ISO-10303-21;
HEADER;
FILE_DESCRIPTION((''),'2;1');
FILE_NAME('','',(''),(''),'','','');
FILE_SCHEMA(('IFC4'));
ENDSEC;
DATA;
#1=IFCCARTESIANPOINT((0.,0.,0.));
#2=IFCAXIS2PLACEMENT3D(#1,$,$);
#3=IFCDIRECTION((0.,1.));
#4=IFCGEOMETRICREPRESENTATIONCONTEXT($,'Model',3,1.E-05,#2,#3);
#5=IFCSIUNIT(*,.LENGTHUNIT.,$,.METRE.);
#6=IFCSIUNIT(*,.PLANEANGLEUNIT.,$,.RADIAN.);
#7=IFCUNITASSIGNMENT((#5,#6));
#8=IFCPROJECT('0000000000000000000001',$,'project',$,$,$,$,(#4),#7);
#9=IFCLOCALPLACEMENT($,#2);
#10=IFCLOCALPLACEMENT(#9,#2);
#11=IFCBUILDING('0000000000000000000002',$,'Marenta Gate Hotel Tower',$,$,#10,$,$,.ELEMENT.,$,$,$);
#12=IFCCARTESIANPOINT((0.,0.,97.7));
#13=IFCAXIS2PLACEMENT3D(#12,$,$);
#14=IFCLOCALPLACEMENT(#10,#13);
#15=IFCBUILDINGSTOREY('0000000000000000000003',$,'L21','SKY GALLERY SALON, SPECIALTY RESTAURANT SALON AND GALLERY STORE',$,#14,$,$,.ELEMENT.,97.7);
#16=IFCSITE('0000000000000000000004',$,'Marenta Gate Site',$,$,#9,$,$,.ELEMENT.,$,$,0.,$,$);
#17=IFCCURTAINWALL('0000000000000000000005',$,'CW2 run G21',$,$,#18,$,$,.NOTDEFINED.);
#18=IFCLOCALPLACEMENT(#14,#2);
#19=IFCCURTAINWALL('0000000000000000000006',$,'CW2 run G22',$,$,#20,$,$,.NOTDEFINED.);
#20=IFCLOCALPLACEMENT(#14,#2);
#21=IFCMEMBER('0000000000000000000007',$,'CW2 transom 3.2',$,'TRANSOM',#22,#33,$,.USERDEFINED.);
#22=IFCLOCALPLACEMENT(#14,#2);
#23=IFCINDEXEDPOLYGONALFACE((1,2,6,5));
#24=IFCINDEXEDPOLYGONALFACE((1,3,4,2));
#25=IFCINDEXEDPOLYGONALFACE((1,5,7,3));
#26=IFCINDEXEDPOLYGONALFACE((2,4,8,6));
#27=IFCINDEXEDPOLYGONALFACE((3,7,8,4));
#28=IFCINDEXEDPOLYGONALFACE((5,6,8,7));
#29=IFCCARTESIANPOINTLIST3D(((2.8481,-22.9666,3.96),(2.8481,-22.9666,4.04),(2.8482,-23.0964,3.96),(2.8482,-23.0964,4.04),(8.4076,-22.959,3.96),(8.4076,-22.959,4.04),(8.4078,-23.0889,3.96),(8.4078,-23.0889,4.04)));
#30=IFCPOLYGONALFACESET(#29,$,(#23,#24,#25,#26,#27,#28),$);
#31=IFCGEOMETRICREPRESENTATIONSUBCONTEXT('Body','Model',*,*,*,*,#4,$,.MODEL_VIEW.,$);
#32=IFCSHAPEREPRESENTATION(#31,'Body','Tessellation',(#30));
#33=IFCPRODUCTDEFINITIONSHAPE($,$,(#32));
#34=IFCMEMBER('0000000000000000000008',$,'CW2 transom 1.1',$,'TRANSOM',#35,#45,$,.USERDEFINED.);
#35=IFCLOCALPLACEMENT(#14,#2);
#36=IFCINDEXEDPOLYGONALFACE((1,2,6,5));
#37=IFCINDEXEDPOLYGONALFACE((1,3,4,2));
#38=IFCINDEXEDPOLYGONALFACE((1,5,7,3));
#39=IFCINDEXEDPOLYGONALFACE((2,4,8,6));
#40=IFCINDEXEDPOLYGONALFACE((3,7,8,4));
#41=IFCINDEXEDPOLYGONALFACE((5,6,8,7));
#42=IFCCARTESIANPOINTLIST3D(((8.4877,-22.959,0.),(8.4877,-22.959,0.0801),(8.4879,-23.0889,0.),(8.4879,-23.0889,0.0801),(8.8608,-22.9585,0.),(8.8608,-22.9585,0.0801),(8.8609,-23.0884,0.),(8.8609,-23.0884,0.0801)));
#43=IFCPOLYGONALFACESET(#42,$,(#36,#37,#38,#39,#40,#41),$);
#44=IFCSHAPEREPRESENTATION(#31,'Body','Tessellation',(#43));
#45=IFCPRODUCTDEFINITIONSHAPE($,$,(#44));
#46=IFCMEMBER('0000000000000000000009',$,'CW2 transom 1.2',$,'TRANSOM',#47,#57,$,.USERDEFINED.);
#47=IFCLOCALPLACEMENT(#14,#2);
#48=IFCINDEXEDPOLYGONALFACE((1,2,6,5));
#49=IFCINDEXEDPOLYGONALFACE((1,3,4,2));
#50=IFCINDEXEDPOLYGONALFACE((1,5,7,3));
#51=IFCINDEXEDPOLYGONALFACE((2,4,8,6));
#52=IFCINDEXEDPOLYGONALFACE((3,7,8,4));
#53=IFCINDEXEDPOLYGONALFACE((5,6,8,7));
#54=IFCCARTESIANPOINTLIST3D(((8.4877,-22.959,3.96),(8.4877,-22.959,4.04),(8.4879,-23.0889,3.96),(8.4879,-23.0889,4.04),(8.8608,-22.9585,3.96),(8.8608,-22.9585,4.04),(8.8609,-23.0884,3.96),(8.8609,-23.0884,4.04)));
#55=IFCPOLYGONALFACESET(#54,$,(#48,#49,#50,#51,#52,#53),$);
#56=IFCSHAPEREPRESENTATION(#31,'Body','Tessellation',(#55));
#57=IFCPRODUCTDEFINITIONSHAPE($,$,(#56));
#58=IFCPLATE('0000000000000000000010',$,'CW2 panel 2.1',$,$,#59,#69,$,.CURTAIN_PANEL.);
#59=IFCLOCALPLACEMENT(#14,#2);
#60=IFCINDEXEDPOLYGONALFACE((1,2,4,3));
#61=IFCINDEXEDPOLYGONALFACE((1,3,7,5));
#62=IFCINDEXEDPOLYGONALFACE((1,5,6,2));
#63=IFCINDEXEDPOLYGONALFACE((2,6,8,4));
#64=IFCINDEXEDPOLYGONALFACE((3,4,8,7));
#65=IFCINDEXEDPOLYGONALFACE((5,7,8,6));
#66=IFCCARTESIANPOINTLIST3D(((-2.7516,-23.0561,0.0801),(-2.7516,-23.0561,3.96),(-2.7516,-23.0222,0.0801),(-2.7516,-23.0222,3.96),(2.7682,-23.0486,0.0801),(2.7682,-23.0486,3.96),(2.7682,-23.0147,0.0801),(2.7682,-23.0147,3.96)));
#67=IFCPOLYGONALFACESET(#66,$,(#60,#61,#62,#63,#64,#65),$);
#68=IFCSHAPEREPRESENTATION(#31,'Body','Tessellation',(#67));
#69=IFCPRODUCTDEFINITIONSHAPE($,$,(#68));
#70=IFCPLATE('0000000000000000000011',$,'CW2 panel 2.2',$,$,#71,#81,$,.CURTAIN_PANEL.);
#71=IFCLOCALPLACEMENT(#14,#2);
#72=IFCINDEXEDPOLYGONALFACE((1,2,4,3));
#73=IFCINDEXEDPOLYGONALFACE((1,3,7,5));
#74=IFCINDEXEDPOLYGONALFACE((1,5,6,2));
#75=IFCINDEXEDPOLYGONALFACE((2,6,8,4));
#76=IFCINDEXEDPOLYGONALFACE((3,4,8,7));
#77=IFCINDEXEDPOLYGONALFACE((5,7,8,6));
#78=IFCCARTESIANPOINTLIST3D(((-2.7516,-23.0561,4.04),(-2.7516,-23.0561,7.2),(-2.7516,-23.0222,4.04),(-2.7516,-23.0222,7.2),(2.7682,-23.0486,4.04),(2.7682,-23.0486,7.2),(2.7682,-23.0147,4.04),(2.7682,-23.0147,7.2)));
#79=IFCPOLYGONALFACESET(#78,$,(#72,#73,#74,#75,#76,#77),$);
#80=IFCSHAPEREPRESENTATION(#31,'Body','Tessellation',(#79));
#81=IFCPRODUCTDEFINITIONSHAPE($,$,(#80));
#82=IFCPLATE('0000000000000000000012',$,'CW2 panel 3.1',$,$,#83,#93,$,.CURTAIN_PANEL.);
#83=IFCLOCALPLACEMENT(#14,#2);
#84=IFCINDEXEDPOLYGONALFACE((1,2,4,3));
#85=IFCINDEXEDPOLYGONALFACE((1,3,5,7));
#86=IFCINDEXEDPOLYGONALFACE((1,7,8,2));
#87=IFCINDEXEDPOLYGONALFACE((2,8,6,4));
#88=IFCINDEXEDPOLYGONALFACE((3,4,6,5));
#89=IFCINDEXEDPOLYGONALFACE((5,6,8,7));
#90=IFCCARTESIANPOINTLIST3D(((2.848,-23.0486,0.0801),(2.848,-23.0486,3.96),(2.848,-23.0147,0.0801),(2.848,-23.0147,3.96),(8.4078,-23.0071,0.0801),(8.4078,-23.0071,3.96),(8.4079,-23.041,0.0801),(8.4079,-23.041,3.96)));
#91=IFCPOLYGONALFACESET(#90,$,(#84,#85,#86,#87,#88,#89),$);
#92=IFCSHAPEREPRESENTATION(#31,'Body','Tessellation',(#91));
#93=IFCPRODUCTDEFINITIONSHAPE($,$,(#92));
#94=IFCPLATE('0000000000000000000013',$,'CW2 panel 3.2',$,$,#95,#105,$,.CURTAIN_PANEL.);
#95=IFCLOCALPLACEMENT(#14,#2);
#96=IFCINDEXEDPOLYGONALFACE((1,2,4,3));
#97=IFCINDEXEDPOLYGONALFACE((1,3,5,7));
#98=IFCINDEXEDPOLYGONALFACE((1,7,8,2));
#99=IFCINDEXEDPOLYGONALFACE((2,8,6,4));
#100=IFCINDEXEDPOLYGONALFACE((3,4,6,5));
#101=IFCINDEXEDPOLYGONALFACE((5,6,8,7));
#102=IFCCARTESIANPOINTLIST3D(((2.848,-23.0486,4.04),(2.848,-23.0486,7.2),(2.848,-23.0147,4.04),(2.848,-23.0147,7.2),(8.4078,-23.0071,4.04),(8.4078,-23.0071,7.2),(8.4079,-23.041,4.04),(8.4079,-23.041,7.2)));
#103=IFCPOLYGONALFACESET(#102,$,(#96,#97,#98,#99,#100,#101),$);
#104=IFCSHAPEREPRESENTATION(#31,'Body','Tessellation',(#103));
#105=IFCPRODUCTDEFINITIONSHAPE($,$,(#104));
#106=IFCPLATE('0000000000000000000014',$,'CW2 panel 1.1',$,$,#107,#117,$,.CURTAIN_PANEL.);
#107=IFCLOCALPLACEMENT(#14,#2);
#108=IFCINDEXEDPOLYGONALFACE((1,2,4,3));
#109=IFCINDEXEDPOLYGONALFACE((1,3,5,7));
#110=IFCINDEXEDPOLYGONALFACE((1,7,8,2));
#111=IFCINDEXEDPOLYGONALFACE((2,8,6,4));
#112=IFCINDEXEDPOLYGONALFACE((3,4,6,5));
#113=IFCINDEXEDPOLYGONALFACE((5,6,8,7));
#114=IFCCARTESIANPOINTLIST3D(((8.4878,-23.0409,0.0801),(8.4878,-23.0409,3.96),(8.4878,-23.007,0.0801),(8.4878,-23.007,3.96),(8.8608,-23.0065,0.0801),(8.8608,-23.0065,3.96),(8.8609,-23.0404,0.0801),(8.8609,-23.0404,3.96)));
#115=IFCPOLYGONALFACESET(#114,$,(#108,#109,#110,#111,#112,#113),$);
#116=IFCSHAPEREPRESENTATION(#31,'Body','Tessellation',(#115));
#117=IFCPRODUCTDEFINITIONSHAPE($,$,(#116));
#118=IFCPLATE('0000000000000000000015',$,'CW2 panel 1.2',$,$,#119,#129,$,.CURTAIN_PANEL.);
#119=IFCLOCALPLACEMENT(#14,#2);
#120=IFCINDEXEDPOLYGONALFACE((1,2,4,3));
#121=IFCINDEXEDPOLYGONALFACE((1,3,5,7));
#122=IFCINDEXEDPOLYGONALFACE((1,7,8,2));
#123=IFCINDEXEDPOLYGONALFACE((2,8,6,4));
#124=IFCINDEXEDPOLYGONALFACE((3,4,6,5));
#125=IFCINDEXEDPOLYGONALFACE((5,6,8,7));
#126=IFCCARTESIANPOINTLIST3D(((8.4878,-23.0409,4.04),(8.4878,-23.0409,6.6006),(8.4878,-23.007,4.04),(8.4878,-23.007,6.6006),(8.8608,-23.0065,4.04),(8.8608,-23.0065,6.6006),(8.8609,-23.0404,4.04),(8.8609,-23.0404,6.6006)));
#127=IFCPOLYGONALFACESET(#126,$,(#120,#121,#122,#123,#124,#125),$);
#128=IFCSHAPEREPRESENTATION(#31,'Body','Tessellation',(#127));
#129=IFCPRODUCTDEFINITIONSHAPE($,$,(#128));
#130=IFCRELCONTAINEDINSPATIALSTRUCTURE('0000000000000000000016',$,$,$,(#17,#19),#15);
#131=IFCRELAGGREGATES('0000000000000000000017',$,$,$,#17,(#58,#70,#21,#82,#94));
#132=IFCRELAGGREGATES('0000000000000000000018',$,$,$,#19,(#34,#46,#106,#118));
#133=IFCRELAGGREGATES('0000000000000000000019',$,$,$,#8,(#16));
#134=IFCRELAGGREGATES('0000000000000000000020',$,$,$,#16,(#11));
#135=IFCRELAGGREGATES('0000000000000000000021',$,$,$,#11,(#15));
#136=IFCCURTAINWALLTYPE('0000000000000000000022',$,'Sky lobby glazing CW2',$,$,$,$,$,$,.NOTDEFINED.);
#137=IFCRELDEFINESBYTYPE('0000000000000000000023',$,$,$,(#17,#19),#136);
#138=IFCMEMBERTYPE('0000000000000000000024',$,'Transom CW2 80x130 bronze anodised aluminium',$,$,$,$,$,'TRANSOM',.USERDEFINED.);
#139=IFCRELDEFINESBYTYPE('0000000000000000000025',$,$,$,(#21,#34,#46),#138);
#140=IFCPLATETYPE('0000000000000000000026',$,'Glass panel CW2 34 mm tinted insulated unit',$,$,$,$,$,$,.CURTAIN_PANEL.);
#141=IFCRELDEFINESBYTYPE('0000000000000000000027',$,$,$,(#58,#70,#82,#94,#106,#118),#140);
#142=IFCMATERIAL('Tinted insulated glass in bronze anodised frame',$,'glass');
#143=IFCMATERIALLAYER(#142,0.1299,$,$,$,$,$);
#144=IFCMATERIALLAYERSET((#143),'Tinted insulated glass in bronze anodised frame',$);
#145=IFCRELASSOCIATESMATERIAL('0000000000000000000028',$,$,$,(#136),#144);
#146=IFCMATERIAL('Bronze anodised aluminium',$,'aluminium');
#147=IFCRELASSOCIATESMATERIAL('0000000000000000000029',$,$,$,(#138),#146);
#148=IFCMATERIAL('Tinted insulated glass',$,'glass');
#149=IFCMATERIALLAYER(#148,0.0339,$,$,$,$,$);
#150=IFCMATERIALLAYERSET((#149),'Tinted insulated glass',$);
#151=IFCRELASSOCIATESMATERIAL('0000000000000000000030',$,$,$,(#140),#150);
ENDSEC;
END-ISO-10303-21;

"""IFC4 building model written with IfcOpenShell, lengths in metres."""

from ifc_helpers import new_model, si_unit, direction, frame, origin, origin_2d, place, context, subcontext, project, spatial, rectangle, extrude, material, layer, layer_set, material_profile, profile_set, type_object, element, aggregate, save


model = new_model("IFC4")

# Units and contexts
model_context = context("Model", 3, precision=1e-05, world=origin(), true_north=direction((0.0, 1.0)))
body_context = subcontext(model_context, "Body", "Model", "MODEL_VIEW")
ifc_project = project(units=[si_unit("LENGTHUNIT", "METRE"), si_unit("PLANEANGLEUNIT", "RADIAN")], contexts=[model_context])

# Site, building, storey
site_placement = place(None, origin())
site = spatial("IfcSite", under=ifc_project, at=site_placement, Name="Marenta Gate Site", CompositionType="ELEMENT", RefElevation=0.0)
building_placement = place(site_placement, origin())
building = spatial("IfcBuilding", under=site, at=building_placement, Name="Marenta Gate Hotel Tower", CompositionType="ELEMENT")
storey_placement = place(building_placement, frame((0.0, 0.0, 97.7)))
storey = spatial("IfcBuildingStorey", under=building, at=storey_placement, Name="L21", Description="SKY GALLERY SALON, SPECIALTY RESTAURANT SALON AND GALLERY STORE", CompositionType="ELEMENT", Elevation=97.7)

# Curtain walls
ifc_material_1 = material(Name="Tinted insulated glass in bronze anodised frame", Category="glass")
ifc_layer_1 = layer(ifc_material_1, 0.1299)
ifc_layer_set_1 = layer_set([ifc_layer_1], Name="Tinted insulated glass in bronze anodised frame")
curtain_wall_type = type_object("IfcCurtainWallType", Name="Sky lobby glazing CW2", PredefinedType="NOTDEFINED", material=ifc_layer_set_1)
curtain_wall_1_placement = place(storey_placement, origin())
curtain_wall_1 = element("IfcCurtainWall", 1, at=curtain_wall_1_placement, inside=storey, type_object=curtain_wall_type, Name="CW2 run G21", PredefinedType="NOTDEFINED")
curtain_wall_2_placement = place(storey_placement, origin())
curtain_wall_2 = element("IfcCurtainWall", 2, at=curtain_wall_2_placement, inside=storey, type_object=curtain_wall_type, Name="CW2 run G22", PredefinedType="NOTDEFINED")

# Members
ifc_material_2 = material(Name="Bronze anodised aluminium", Category="aluminium")
ifc_material_profile_1 = material_profile(ifc_material_2, rectangle(XDim=0.1299, YDim=0.0801, at=origin_2d()), Name="Transom CW2 80x130 bronze anodised aluminium")
ifc_profile_set_1 = profile_set([ifc_material_profile_1], Name="Bronze anodised aluminium")
member_type_1 = type_object("IfcMemberType", Name="Transom CW2 80x130 bronze anodised aluminium", ElementType="TRANSOM", PredefinedType="USERDEFINED", material=ifc_profile_set_1)
member_1_placement = place(storey_placement, frame((2.8481, -23.0315, 4.0), z_axis=(0.999999, 0.001361, 0.0), x_axis=(-0.001361, 0.999999, 0.0)))
member_1 = element("IfcMember", 3, at=member_1_placement, type_object=member_type_1, Name="CW2 transom 3.2", ObjectType="TRANSOM", PredefinedType="USERDEFINED", context=body_context, shape_type="SweptSolid", body=[
    extrude(rectangle(XDim=0.1299, YDim=0.0801, at=origin_2d()), origin(), (0.0, 0.0, 1.0), 5.5596),
])
member_2_placement = place(storey_placement, frame((8.4878, -23.0239, 0.04), z_axis=(0.999999, 0.001309, 0.0), x_axis=(-0.001309, 0.999999, 0.0)))
member_2 = element("IfcMember", 4, at=member_2_placement, type_object=member_type_1, Name="CW2 transom 1.1", ObjectType="TRANSOM", PredefinedType="USERDEFINED", context=body_context, shape_type="SweptSolid", body=[
    extrude(rectangle(XDim=0.1299, YDim=0.0801, at=origin_2d()), origin(), (0.0, 0.0, 1.0), 0.373),
])
member_3_placement = place(storey_placement, frame((8.4878, -23.0239, 4.0), z_axis=(0.999999, 0.001309, 0.0), x_axis=(-0.001309, 0.999999, 0.0)))
member_3 = element("IfcMember", 5, at=member_3_placement, type_object=member_type_1, Name="CW2 transom 1.2", ObjectType="TRANSOM", PredefinedType="USERDEFINED", context=body_context, shape_type="SweptSolid", body=[
    extrude(rectangle(XDim=0.1299, YDim=0.0801, at=origin_2d()), origin(), (0.0, 0.0, 1.0), 0.373),
])

# Plates
ifc_material_3 = material(Name="Tinted insulated glass", Category="glass")
ifc_layer_2 = layer(ifc_material_3, 0.0339)
ifc_layer_set_2 = layer_set([ifc_layer_2], Name="Tinted insulated glass")
plate_type = type_object("IfcPlateType", Name="Glass panel CW2 34 mm tinted insulated unit", PredefinedType="CURTAIN_PANEL", material=ifc_layer_set_2)
plate_1_placement = place(storey_placement, frame((0.0083, -23.0354, 0.0801), z_axis=(0.0, 0.0, 1.0), x_axis=(0.999999, 0.001363, 0.0)))
plate_1 = element("IfcPlate", 6, at=plate_1_placement, type_object=plate_type, Name="CW2 panel 2.1", PredefinedType="CURTAIN_PANEL", context=body_context, shape_type="SweptSolid", body=[
    extrude(rectangle(XDim=5.5198, YDim=0.0339, at=origin_2d()), origin(), (0.0, 0.0, 1.0), 3.8799),
])
plate_2_placement = place(storey_placement, frame((0.0083, -23.0354, 4.04), z_axis=(0.0, 0.0, 1.0), x_axis=(0.999999, 0.001363, 0.0)))
plate_2 = element("IfcPlate", 7, at=plate_2_placement, type_object=plate_type, Name="CW2 panel 2.2", PredefinedType="CURTAIN_PANEL", context=body_context, shape_type="SweptSolid", body=[
    extrude(rectangle(XDim=5.5198, YDim=0.0339, at=origin_2d()), origin(), (0.0, 0.0, 1.0), 3.1599),
])
plate_3_placement = place(storey_placement, frame((5.6279, -23.0278, 0.0801), z_axis=(0.0, 0.0, 1.0), x_axis=(0.999999, 0.001363, 0.0)))
plate_3 = element("IfcPlate", 8, at=plate_3_placement, type_object=plate_type, Name="CW2 panel 3.1", PredefinedType="CURTAIN_PANEL", context=body_context, shape_type="SweptSolid", body=[
    extrude(rectangle(XDim=5.5598, YDim=0.0339, at=origin_2d()), origin(), (0.0, 0.0, 1.0), 3.8799),
])
plate_4_placement = place(storey_placement, frame((5.6279, -23.0278, 4.04), z_axis=(0.0, 0.0, 1.0), x_axis=(0.999999, 0.001363, 0.0)))
plate_4 = element("IfcPlate", 9, at=plate_4_placement, type_object=plate_type, Name="CW2 panel 3.2", PredefinedType="CURTAIN_PANEL", context=body_context, shape_type="SweptSolid", body=[
    extrude(rectangle(XDim=5.5598, YDim=0.0339, at=origin_2d()), origin(), (0.0, 0.0, 1.0), 3.1599),
])
aggregate(curtain_wall_1, [plate_1, plate_2, member_1, plate_3, plate_4])
plate_5_placement = place(storey_placement, frame((8.6743, -23.0237, 0.0801), z_axis=(0.0, 0.0, 1.0), x_axis=(0.999999, 0.001325, 0.0)))
plate_5 = element("IfcPlate", 10, at=plate_5_placement, type_object=plate_type, Name="CW2 panel 1.1", PredefinedType="CURTAIN_PANEL", context=body_context, shape_type="SweptSolid", body=[
    extrude(rectangle(XDim=0.373, YDim=0.0339, at=origin_2d()), origin(), (0.0, 0.0, 1.0), 3.8799),
])
plate_6_placement = place(storey_placement, frame((8.6743, -23.0237, 4.04), z_axis=(0.0, 0.0, 1.0), x_axis=(0.999999, 0.001325, 0.0)))
plate_6 = element("IfcPlate", 11, at=plate_6_placement, type_object=plate_type, Name="CW2 panel 1.2", PredefinedType="CURTAIN_PANEL", context=body_context, shape_type="SweptSolid", body=[
    extrude(rectangle(XDim=0.373, YDim=0.0339, at=origin_2d()), origin(), (0.0, 0.0, 1.0), 2.5605),
])
aggregate(curtain_wall_2, [member_2, member_3, plate_5, plate_6])

save(model, "model.ifc")
